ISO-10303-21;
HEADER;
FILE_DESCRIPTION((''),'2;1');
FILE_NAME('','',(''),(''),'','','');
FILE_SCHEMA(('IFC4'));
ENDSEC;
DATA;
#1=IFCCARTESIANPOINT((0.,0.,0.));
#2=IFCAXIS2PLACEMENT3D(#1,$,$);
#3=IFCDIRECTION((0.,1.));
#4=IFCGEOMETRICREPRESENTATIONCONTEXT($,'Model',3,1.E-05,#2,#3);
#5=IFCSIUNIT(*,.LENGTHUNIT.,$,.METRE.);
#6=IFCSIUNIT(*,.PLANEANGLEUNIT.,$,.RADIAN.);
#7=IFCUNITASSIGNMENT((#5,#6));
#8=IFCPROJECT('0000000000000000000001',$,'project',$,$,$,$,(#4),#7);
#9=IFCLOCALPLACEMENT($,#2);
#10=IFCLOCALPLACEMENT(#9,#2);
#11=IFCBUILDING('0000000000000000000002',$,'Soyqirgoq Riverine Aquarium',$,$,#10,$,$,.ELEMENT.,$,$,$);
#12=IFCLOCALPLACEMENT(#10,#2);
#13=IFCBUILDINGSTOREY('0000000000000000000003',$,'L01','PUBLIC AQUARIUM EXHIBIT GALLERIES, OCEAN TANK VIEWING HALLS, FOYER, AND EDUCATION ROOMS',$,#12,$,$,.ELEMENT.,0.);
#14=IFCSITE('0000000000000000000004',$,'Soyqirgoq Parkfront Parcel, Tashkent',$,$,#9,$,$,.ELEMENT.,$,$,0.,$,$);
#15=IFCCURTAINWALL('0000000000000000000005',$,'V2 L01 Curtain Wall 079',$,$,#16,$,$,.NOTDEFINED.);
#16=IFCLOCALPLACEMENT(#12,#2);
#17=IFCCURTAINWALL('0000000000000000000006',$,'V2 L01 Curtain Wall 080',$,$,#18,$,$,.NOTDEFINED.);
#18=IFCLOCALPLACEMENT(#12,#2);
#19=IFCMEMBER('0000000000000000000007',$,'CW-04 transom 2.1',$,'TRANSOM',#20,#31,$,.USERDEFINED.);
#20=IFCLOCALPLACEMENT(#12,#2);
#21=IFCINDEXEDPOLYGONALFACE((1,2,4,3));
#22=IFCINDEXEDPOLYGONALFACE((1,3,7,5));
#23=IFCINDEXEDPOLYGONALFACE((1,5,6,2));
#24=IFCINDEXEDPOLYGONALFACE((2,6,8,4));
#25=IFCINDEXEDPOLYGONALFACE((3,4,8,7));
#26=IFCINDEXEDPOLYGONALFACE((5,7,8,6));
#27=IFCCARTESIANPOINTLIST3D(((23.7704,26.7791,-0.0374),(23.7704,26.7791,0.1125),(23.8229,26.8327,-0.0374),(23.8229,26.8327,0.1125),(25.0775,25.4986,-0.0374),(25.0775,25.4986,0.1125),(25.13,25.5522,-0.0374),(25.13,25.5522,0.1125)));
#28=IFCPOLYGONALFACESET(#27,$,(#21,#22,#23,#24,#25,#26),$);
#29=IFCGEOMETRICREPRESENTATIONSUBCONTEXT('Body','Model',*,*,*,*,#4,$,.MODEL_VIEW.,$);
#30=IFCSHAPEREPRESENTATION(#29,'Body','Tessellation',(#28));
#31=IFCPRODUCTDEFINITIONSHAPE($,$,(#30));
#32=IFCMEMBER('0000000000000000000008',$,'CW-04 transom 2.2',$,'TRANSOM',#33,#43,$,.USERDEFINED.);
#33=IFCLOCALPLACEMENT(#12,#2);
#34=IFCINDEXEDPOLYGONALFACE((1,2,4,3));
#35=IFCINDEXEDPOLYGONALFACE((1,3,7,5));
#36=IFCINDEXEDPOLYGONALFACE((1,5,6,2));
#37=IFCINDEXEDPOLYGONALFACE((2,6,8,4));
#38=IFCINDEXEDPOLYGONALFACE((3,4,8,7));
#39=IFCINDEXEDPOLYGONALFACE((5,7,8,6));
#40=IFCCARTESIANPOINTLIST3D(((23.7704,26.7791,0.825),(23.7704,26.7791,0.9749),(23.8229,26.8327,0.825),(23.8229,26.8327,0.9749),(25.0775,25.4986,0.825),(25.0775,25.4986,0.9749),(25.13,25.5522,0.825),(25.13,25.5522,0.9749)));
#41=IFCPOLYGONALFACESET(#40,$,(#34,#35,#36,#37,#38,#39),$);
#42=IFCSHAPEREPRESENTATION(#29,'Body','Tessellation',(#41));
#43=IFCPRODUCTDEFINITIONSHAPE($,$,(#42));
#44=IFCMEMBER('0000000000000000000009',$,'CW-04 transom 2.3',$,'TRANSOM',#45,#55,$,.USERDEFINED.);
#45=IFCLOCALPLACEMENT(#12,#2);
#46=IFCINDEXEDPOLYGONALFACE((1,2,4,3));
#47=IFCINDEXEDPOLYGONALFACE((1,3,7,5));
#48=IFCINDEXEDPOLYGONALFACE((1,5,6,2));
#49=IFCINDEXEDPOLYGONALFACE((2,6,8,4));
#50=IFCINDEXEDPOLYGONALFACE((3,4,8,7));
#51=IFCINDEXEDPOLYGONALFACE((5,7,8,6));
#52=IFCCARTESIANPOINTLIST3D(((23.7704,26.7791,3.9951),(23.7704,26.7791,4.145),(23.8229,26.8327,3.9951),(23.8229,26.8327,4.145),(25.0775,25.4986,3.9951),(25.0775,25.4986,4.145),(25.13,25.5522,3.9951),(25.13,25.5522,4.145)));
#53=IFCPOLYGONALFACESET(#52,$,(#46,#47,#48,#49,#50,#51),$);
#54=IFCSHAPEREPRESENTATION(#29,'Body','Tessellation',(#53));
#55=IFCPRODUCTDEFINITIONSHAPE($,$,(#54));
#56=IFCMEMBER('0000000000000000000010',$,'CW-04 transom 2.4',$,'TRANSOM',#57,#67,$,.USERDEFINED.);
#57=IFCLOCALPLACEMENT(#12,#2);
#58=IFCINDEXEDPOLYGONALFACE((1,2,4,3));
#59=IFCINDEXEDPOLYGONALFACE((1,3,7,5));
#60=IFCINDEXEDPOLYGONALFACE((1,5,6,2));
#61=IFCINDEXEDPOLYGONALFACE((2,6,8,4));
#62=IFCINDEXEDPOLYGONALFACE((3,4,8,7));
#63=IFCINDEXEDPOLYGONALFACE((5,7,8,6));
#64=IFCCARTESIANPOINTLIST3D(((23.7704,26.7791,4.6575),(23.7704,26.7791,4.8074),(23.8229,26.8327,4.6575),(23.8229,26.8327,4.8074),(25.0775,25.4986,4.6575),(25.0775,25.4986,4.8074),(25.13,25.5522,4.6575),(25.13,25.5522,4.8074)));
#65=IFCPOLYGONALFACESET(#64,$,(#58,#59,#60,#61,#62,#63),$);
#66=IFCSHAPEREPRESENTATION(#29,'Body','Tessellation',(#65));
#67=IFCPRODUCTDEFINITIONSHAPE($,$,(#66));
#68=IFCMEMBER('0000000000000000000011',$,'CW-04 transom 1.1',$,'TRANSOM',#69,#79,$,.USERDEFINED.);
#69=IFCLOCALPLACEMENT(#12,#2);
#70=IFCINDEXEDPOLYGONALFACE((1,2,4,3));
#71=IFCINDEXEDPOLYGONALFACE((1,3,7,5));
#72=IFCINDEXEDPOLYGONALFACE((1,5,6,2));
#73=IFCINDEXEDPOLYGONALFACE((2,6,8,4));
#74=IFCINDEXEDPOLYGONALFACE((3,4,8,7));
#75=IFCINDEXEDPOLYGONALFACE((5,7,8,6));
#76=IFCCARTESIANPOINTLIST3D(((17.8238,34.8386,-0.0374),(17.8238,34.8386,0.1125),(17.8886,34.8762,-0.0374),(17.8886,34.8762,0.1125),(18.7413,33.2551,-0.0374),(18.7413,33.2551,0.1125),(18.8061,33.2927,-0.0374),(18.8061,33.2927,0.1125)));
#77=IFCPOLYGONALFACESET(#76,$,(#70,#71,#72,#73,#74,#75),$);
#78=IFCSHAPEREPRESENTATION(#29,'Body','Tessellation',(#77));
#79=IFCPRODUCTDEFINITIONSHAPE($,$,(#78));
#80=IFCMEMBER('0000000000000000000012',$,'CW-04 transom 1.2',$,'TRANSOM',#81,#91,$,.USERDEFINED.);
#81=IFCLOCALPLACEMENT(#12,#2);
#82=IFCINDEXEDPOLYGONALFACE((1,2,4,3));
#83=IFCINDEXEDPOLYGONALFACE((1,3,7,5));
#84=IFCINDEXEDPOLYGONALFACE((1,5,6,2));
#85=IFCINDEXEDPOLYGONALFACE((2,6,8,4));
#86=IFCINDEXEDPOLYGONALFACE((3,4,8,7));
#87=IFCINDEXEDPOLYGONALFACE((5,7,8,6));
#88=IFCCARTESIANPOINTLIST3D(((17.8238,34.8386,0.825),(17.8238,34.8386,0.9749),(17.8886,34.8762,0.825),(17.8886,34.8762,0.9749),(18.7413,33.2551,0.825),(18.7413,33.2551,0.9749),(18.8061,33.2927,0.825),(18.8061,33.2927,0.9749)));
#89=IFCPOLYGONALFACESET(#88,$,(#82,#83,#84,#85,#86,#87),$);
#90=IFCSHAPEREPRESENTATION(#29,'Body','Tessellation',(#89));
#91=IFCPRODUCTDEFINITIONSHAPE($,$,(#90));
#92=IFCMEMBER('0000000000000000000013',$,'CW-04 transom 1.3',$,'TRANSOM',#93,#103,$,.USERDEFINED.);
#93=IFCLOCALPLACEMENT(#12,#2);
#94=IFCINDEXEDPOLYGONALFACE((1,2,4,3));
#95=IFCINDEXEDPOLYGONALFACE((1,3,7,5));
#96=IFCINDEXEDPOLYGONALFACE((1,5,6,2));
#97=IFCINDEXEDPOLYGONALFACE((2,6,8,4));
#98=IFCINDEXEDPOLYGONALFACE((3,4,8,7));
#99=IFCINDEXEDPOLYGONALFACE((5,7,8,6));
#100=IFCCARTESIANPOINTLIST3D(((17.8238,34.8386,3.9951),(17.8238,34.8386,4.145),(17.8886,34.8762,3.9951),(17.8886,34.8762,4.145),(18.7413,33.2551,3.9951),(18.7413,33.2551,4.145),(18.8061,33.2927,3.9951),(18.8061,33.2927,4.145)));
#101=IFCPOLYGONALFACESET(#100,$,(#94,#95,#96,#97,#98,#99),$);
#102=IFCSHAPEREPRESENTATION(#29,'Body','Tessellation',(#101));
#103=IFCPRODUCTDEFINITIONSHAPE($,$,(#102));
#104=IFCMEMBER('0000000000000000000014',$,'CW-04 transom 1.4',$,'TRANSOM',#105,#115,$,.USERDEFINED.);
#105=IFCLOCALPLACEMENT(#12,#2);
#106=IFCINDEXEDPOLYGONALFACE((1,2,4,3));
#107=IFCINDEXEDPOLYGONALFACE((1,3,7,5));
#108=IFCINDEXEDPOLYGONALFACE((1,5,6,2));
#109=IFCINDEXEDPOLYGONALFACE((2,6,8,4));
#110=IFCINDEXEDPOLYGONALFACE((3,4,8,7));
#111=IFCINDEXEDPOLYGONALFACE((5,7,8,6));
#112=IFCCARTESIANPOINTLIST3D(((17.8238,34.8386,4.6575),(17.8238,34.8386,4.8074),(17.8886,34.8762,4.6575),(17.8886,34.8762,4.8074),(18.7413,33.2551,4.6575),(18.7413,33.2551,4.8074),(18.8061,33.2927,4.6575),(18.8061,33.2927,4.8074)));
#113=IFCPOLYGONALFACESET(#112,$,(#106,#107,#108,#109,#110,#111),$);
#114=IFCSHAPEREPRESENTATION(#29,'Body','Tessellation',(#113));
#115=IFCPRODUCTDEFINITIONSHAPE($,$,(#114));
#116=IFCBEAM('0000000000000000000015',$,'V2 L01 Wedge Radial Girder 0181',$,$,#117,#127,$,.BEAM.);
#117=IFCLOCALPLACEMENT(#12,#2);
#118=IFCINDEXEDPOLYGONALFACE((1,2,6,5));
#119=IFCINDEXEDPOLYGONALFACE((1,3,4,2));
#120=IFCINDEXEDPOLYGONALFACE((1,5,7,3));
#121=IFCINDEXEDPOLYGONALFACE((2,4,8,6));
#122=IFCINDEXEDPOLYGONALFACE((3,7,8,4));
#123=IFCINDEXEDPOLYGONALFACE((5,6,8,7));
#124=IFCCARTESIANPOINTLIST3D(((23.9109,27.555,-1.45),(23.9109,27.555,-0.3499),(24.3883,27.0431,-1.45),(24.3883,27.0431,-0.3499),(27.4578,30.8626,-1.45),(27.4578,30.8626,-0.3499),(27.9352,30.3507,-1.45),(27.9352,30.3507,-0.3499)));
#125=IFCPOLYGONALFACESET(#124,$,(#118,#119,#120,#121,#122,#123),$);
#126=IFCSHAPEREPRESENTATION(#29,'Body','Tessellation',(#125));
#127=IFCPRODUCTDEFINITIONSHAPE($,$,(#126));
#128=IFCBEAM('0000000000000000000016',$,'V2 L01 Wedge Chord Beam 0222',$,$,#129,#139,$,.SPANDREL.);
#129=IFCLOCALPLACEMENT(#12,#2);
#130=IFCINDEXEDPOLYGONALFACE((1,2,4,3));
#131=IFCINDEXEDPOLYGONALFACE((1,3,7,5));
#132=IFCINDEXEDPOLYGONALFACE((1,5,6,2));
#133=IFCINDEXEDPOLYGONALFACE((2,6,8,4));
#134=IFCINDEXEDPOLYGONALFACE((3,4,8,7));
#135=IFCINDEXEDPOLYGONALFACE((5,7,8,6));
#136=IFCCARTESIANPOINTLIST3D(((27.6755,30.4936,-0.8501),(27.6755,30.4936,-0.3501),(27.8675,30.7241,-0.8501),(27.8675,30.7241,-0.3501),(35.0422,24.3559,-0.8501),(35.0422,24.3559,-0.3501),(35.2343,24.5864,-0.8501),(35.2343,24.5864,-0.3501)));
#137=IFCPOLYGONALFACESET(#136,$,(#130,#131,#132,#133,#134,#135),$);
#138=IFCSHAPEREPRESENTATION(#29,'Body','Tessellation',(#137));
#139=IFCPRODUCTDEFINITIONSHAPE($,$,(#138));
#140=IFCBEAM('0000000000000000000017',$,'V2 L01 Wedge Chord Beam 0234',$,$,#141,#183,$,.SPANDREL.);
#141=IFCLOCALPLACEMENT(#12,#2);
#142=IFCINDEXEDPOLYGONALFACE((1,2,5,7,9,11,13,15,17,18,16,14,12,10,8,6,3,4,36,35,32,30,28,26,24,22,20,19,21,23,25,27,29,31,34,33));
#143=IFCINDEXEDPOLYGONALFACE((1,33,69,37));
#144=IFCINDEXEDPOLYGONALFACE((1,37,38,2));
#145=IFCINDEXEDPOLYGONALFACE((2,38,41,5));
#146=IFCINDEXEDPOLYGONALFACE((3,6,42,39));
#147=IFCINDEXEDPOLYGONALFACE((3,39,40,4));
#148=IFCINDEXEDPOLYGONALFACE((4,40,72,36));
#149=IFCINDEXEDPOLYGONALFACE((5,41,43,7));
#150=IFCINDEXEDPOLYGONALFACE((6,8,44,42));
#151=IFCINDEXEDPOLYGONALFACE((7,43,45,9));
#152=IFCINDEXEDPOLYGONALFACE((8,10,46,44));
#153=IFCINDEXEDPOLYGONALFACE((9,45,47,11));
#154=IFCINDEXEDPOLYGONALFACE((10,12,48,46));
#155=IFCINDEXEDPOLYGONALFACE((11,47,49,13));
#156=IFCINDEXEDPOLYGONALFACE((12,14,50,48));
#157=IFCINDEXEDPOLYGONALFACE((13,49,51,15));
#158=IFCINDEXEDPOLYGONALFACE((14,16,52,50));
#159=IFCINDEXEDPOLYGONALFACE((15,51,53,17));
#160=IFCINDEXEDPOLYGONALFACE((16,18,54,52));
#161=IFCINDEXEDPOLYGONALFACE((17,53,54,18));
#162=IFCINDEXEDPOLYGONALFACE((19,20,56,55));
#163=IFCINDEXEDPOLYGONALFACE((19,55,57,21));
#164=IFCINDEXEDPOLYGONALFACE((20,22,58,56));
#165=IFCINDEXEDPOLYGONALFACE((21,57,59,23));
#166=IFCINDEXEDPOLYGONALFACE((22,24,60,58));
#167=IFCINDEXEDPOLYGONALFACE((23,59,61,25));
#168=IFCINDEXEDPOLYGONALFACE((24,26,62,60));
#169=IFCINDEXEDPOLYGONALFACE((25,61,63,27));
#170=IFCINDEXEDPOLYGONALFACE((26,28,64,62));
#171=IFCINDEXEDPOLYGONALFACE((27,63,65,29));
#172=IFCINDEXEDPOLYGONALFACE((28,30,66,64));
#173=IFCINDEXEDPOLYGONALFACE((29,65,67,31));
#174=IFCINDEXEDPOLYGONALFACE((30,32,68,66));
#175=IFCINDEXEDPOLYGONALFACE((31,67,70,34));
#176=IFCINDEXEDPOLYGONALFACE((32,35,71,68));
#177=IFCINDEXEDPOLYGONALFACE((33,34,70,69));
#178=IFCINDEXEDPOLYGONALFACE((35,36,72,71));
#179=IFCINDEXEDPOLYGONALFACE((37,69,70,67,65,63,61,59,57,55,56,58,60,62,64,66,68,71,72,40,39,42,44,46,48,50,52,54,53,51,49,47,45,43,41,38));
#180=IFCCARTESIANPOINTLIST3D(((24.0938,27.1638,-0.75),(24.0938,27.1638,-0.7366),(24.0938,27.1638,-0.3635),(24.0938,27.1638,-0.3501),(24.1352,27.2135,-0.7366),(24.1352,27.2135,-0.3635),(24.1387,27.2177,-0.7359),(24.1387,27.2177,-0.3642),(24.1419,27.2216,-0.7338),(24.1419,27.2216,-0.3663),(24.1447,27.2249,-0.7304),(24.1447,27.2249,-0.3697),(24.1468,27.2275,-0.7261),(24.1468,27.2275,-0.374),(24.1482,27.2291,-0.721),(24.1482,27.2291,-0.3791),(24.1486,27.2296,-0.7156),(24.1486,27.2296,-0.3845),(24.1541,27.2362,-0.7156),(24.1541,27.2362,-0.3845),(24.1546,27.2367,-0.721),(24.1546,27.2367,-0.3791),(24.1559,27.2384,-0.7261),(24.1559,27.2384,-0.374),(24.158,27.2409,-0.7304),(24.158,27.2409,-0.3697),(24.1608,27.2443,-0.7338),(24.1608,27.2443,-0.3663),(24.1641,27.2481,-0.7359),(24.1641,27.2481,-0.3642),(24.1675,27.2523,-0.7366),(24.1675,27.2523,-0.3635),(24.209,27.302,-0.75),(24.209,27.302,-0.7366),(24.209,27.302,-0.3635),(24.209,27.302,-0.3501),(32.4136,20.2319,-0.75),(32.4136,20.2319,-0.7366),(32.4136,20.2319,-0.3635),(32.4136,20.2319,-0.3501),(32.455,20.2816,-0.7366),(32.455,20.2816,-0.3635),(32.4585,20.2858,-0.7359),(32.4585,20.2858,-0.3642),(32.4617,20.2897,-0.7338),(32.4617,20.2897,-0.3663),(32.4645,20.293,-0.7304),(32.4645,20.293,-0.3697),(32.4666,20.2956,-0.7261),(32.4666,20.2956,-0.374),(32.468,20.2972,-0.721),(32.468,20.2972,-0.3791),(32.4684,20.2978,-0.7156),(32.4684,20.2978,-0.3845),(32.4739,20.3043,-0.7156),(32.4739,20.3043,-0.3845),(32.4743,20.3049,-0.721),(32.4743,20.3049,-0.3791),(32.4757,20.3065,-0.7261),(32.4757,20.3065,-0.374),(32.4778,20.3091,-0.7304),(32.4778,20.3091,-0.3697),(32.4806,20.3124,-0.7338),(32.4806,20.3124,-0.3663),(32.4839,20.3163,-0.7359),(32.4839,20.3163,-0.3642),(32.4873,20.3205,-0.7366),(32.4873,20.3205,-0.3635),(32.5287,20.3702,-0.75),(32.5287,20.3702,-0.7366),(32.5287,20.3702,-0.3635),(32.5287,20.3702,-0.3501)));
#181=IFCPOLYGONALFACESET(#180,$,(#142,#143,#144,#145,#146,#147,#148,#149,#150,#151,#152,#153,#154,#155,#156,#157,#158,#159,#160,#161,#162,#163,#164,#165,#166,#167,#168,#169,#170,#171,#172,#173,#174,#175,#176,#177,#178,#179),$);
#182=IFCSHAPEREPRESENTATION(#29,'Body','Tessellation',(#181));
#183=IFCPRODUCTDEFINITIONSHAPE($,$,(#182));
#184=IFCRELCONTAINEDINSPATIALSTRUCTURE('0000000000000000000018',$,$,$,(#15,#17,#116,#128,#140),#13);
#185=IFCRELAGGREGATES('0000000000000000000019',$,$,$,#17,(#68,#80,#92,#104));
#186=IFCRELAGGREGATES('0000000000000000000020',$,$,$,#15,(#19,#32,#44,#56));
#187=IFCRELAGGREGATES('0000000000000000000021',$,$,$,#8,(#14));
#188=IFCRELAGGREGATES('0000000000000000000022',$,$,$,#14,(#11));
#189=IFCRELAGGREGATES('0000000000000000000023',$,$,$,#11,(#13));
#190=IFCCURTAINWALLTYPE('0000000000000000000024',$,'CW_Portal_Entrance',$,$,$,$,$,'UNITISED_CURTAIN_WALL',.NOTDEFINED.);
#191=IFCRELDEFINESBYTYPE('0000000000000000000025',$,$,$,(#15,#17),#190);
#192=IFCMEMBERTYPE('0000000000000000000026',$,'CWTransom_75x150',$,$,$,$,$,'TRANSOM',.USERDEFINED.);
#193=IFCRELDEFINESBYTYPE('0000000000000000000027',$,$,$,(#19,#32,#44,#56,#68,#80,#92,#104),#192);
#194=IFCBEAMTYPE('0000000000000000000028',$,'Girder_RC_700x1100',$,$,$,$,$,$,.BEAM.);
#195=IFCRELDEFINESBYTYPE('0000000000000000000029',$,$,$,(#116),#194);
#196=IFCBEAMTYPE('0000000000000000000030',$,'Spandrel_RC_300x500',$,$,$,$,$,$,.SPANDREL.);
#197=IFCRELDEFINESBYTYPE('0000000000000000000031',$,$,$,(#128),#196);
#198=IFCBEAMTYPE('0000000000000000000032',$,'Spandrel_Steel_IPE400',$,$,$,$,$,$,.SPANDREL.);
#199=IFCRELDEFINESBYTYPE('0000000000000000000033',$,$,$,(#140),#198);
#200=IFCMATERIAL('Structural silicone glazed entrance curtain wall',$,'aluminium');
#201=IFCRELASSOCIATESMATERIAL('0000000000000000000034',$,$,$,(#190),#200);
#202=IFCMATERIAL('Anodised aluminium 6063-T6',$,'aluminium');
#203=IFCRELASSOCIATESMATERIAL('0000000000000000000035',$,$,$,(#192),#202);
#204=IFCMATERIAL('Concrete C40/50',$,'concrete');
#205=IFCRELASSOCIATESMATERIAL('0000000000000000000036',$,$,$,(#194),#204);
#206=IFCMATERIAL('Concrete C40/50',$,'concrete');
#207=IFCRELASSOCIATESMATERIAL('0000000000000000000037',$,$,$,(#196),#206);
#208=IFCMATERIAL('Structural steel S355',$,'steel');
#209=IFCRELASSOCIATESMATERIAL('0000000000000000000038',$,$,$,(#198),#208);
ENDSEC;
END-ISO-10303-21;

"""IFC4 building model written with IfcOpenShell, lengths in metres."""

from ifc_helpers import new_model, si_unit, direction, frame, origin, origin_2d, place, context, subcontext, project, spatial, rectangle, i_section, extrude, material, material_profile, profile_set, type_object, element, aggregate, save


model = new_model("IFC4")

# Units and contexts
model_context = context("Model", 3, precision=1e-05, world=origin(), true_north=direction((0.0, 1.0)))
body_context = subcontext(model_context, "Body", "Model", "MODEL_VIEW")
ifc_project = project(units=[si_unit("LENGTHUNIT", "METRE"), si_unit("PLANEANGLEUNIT", "RADIAN")], contexts=[model_context])

# Site, building, storey
site_placement = place(None, origin())
site = spatial("IfcSite", under=ifc_project, at=site_placement, Name="Soyqirgoq Parkfront Parcel, Tashkent", CompositionType="ELEMENT", RefElevation=0.0)
building_placement = place(site_placement, origin())
building = spatial("IfcBuilding", under=site, at=building_placement, Name="Soyqirgoq Riverine Aquarium", CompositionType="ELEMENT")
storey_placement = place(building_placement, origin())
storey = spatial("IfcBuildingStorey", under=building, at=storey_placement, Name="L01", Description="PUBLIC AQUARIUM EXHIBIT GALLERIES, OCEAN TANK VIEWING HALLS, FOYER, AND EDUCATION ROOMS", CompositionType="ELEMENT", Elevation=0.0)

# Curtain wall
ifc_material_1 = material(Name="Structural silicone glazed entrance curtain wall", Category="aluminium")
curtain_wall_type = type_object("IfcCurtainWallType", Name="CW_Portal_Entrance", ElementType="UNITISED_CURTAIN_WALL", PredefinedType="NOTDEFINED", material=ifc_material_1)
curtain_wall_1_placement = place(storey_placement, origin())
curtain_wall_1 = element("IfcCurtainWall", 1, at=curtain_wall_1_placement, inside=storey, type_object=curtain_wall_type, Name="V2 L01 Curtain Wall 079", PredefinedType="NOTDEFINED")

# Curtain wall
curtain_wall_2_placement = place(storey_placement, origin())
curtain_wall_2 = element("IfcCurtainWall", 2, at=curtain_wall_2_placement, inside=storey, type_object=curtain_wall_type, Name="V2 L01 Curtain Wall 080", PredefinedType="NOTDEFINED")

# Members
ifc_material_2 = material(Name="Anodised aluminium 6063-T6", Category="aluminium")
ifc_material_profile_1 = material_profile(ifc_material_2, rectangle(XDim=0.075, YDim=0.1499, at=origin_2d()), Name="ALU-T 75x150")
ifc_profile_set_1 = profile_set([ifc_material_profile_1], Name="Anodised aluminium 6063-T6")
member_type_1 = type_object("IfcMemberType", Name="CWTransom_75x150", ElementType="TRANSOM", PredefinedType="USERDEFINED", material=ifc_profile_set_1)
member_1_placement = place(storey_placement, frame((25.1038, 25.5254, 0.0376), z_axis=(-0.714341, 0.699798, 0.0), x_axis=(-0.699798, -0.714341, 0.0)))
member_1 = element("IfcMember", 3, at=member_1_placement, type_object=member_type_1, Name="CW-04 transom 2.1", ObjectType="TRANSOM", PredefinedType="USERDEFINED", context=body_context, shape_type="SweptSolid", body=[
    extrude(rectangle(XDim=0.075, YDim=0.1499, at=origin_2d()), origin(), (0.0, 0.0, 1.0), 1.8298),
])
member_2_placement = place(storey_placement, frame((25.1038, 25.5254, 0.8999), z_axis=(-0.714341, 0.699798, 0.0), x_axis=(-0.699798, -0.714341, 0.0)))
member_2 = element("IfcMember", 4, at=member_2_placement, type_object=member_type_1, Name="CW-04 transom 2.2", ObjectType="TRANSOM", PredefinedType="USERDEFINED", context=body_context, shape_type="SweptSolid", body=[
    extrude(rectangle(XDim=0.075, YDim=0.1499, at=origin_2d()), origin(), (0.0, 0.0, 1.0), 1.8298),
])
member_3_placement = place(storey_placement, frame((25.1038, 25.5254, 4.0701), z_axis=(-0.714341, 0.699798, 0.0), x_axis=(-0.699798, -0.714341, 0.0)))
member_3 = element("IfcMember", 5, at=member_3_placement, type_object=member_type_1, Name="CW-04 transom 2.3", ObjectType="TRANSOM", PredefinedType="USERDEFINED", context=body_context, shape_type="SweptSolid", body=[
    extrude(rectangle(XDim=0.075, YDim=0.1499, at=origin_2d()), origin(), (0.0, 0.0, 1.0), 1.8298),
])
member_4_placement = place(storey_placement, frame((25.1038, 25.5254, 4.7324), z_axis=(-0.714341, 0.699798, 0.0), x_axis=(-0.699798, -0.714341, 0.0)))
member_4 = element("IfcMember", 6, at=member_4_placement, type_object=member_type_1, Name="CW-04 transom 2.4", ObjectType="TRANSOM", PredefinedType="USERDEFINED", context=body_context, shape_type="SweptSolid", body=[
    extrude(rectangle(XDim=0.075, YDim=0.1499, at=origin_2d()), origin(), (0.0, 0.0, 1.0), 1.8298),
])
member_5_placement = place(storey_placement, frame((18.7737, 33.2739, 0.0376), z_axis=(-0.501331, 0.865256, 0.0), x_axis=(-0.865256, -0.501331, 0.0)))
member_5 = element("IfcMember", 7, at=member_5_placement, type_object=member_type_1, Name="CW-04 transom 1.1", ObjectType="TRANSOM", PredefinedType="USERDEFINED", context=body_context, shape_type="SweptSolid", body=[
    extrude(rectangle(XDim=0.075, YDim=0.1499, at=origin_2d()), origin(), (0.0, 0.0, 1.0), 1.8301),
])
member_6_placement = place(storey_placement, frame((18.7737, 33.2739, 0.8999), z_axis=(-0.501331, 0.865256, 0.0), x_axis=(-0.865256, -0.501331, 0.0)))
member_6 = element("IfcMember", 8, at=member_6_placement, type_object=member_type_1, Name="CW-04 transom 1.2", ObjectType="TRANSOM", PredefinedType="USERDEFINED", context=body_context, shape_type="SweptSolid", body=[
    extrude(rectangle(XDim=0.075, YDim=0.1499, at=origin_2d()), origin(), (0.0, 0.0, 1.0), 1.8301),
])
member_7_placement = place(storey_placement, frame((18.7737, 33.2739, 4.0701), z_axis=(-0.501331, 0.865256, 0.0), x_axis=(-0.865256, -0.501331, 0.0)))
member_7 = element("IfcMember", 9, at=member_7_placement, type_object=member_type_1, Name="CW-04 transom 1.3", ObjectType="TRANSOM", PredefinedType="USERDEFINED", context=body_context, shape_type="SweptSolid", body=[
    extrude(rectangle(XDim=0.075, YDim=0.1499, at=origin_2d()), origin(), (0.0, 0.0, 1.0), 1.8301),
])
member_8_placement = place(storey_placement, frame((18.7737, 33.2739, 4.7324), z_axis=(-0.501331, 0.865256, 0.0), x_axis=(-0.865256, -0.501331, 0.0)))
member_8 = element("IfcMember", 10, at=member_8_placement, type_object=member_type_1, Name="CW-04 transom 1.4", ObjectType="TRANSOM", PredefinedType="USERDEFINED", context=body_context, shape_type="SweptSolid", body=[
    extrude(rectangle(XDim=0.075, YDim=0.1499, at=origin_2d()), origin(), (0.0, 0.0, 1.0), 1.8301),
])
aggregate(curtain_wall_2, [member_5, member_6, member_7, member_8])

# Beams
ifc_material_3 = material(Name="Concrete C40/50", Category="concrete")
ifc_material_profile_2 = material_profile(ifc_material_3, rectangle(XDim=0.7, YDim=1.1001, at=origin_2d()), Name="RC 700x1100")
ifc_profile_set_2 = profile_set([ifc_material_profile_2], Name="Concrete C40/50")
beam_type_1 = type_object("IfcBeamType", Name="Girder_RC_700x1100", PredefinedType="BEAM", material=ifc_profile_set_2)
beam_1_placement = place(storey_placement, frame((27.6965, 30.6067, -0.8999), z_axis=(-0.731343, -0.68201, 0.0), x_axis=(0.68201, -0.731343, 0.0)))
element("IfcBeam", 11, at=beam_1_placement, inside=storey, type_object=beam_type_1, Name="V2 L01 Wedge Radial Girder 0181", PredefinedType="BEAM", context=body_context, shape_type="SweptSolid", body=[
    extrude(rectangle(XDim=0.7, YDim=1.1001, at=origin_2d()), origin(), (0.0, 0.0, 1.0), 4.8499),
])
ifc_material_4 = material(Name="Concrete C40/50", Category="concrete")
ifc_material_profile_3 = material_profile(ifc_material_4, rectangle(XDim=0.3, YDim=0.5, at=origin_2d()), Name="RC 300x500")
ifc_profile_set_3 = profile_set([ifc_material_profile_3], Name="Concrete C40/50")
beam_type_2 = type_object("IfcBeamType", Name="Spandrel_RC_300x500", PredefinedType="SPANDREL", material=ifc_profile_set_3)
beam_2_placement = place(storey_placement, frame((27.7715, 30.6089, -0.6001), z_axis=(0.768284, -0.640109, 0.0), x_axis=(0.640109, 0.768284, 0.0)))
element("IfcBeam", 12, at=beam_2_placement, inside=storey, type_object=beam_type_2, Name="V2 L01 Wedge Chord Beam 0222", PredefinedType="SPANDREL", context=body_context, shape_type="SweptSolid", body=[
    extrude(rectangle(XDim=0.3, YDim=0.5, at=origin_2d()), origin(), (0.0, 0.0, 1.0), 9.5886),
])
ifc_material_5 = material(Name="Structural steel S355", Category="steel")
ifc_material_profile_4 = material_profile(ifc_material_5, i_section(OverallWidth=0.1799, OverallDepth=0.3999, WebThickness=0.0085, FlangeThickness=0.0134, FilletRadius=0.021, at=origin_2d()), Name="IPE 400")
ifc_profile_set_4 = profile_set([ifc_material_profile_4], Name="Structural steel S355")
beam_type_3 = type_object("IfcBeamType", Name="Spandrel_Steel_IPE400", PredefinedType="SPANDREL", material=ifc_profile_set_4)
beam_3_placement = place(storey_placement, frame((24.1514, 27.2329, -0.55), z_axis=(0.76828, -0.640113, 0.0), x_axis=(0.640113, 0.76828, 0.0)))
element("IfcBeam", 13, at=beam_3_placement, inside=storey, type_object=beam_type_3, Name="V2 L01 Wedge Chord Beam 0234", PredefinedType="SPANDREL", context=body_context, shape_type="SweptSolid", body=[
    extrude(i_section(OverallWidth=0.1799, OverallDepth=0.3999, WebThickness=0.0085, FlangeThickness=0.0134, FilletRadius=0.021, at=origin_2d()), origin(), (0.0, 0.0, 1.0), 10.8291),
])

aggregate(curtain_wall_1, [member_1, member_2, member_3, member_4])

save(model, "model.ifc")
